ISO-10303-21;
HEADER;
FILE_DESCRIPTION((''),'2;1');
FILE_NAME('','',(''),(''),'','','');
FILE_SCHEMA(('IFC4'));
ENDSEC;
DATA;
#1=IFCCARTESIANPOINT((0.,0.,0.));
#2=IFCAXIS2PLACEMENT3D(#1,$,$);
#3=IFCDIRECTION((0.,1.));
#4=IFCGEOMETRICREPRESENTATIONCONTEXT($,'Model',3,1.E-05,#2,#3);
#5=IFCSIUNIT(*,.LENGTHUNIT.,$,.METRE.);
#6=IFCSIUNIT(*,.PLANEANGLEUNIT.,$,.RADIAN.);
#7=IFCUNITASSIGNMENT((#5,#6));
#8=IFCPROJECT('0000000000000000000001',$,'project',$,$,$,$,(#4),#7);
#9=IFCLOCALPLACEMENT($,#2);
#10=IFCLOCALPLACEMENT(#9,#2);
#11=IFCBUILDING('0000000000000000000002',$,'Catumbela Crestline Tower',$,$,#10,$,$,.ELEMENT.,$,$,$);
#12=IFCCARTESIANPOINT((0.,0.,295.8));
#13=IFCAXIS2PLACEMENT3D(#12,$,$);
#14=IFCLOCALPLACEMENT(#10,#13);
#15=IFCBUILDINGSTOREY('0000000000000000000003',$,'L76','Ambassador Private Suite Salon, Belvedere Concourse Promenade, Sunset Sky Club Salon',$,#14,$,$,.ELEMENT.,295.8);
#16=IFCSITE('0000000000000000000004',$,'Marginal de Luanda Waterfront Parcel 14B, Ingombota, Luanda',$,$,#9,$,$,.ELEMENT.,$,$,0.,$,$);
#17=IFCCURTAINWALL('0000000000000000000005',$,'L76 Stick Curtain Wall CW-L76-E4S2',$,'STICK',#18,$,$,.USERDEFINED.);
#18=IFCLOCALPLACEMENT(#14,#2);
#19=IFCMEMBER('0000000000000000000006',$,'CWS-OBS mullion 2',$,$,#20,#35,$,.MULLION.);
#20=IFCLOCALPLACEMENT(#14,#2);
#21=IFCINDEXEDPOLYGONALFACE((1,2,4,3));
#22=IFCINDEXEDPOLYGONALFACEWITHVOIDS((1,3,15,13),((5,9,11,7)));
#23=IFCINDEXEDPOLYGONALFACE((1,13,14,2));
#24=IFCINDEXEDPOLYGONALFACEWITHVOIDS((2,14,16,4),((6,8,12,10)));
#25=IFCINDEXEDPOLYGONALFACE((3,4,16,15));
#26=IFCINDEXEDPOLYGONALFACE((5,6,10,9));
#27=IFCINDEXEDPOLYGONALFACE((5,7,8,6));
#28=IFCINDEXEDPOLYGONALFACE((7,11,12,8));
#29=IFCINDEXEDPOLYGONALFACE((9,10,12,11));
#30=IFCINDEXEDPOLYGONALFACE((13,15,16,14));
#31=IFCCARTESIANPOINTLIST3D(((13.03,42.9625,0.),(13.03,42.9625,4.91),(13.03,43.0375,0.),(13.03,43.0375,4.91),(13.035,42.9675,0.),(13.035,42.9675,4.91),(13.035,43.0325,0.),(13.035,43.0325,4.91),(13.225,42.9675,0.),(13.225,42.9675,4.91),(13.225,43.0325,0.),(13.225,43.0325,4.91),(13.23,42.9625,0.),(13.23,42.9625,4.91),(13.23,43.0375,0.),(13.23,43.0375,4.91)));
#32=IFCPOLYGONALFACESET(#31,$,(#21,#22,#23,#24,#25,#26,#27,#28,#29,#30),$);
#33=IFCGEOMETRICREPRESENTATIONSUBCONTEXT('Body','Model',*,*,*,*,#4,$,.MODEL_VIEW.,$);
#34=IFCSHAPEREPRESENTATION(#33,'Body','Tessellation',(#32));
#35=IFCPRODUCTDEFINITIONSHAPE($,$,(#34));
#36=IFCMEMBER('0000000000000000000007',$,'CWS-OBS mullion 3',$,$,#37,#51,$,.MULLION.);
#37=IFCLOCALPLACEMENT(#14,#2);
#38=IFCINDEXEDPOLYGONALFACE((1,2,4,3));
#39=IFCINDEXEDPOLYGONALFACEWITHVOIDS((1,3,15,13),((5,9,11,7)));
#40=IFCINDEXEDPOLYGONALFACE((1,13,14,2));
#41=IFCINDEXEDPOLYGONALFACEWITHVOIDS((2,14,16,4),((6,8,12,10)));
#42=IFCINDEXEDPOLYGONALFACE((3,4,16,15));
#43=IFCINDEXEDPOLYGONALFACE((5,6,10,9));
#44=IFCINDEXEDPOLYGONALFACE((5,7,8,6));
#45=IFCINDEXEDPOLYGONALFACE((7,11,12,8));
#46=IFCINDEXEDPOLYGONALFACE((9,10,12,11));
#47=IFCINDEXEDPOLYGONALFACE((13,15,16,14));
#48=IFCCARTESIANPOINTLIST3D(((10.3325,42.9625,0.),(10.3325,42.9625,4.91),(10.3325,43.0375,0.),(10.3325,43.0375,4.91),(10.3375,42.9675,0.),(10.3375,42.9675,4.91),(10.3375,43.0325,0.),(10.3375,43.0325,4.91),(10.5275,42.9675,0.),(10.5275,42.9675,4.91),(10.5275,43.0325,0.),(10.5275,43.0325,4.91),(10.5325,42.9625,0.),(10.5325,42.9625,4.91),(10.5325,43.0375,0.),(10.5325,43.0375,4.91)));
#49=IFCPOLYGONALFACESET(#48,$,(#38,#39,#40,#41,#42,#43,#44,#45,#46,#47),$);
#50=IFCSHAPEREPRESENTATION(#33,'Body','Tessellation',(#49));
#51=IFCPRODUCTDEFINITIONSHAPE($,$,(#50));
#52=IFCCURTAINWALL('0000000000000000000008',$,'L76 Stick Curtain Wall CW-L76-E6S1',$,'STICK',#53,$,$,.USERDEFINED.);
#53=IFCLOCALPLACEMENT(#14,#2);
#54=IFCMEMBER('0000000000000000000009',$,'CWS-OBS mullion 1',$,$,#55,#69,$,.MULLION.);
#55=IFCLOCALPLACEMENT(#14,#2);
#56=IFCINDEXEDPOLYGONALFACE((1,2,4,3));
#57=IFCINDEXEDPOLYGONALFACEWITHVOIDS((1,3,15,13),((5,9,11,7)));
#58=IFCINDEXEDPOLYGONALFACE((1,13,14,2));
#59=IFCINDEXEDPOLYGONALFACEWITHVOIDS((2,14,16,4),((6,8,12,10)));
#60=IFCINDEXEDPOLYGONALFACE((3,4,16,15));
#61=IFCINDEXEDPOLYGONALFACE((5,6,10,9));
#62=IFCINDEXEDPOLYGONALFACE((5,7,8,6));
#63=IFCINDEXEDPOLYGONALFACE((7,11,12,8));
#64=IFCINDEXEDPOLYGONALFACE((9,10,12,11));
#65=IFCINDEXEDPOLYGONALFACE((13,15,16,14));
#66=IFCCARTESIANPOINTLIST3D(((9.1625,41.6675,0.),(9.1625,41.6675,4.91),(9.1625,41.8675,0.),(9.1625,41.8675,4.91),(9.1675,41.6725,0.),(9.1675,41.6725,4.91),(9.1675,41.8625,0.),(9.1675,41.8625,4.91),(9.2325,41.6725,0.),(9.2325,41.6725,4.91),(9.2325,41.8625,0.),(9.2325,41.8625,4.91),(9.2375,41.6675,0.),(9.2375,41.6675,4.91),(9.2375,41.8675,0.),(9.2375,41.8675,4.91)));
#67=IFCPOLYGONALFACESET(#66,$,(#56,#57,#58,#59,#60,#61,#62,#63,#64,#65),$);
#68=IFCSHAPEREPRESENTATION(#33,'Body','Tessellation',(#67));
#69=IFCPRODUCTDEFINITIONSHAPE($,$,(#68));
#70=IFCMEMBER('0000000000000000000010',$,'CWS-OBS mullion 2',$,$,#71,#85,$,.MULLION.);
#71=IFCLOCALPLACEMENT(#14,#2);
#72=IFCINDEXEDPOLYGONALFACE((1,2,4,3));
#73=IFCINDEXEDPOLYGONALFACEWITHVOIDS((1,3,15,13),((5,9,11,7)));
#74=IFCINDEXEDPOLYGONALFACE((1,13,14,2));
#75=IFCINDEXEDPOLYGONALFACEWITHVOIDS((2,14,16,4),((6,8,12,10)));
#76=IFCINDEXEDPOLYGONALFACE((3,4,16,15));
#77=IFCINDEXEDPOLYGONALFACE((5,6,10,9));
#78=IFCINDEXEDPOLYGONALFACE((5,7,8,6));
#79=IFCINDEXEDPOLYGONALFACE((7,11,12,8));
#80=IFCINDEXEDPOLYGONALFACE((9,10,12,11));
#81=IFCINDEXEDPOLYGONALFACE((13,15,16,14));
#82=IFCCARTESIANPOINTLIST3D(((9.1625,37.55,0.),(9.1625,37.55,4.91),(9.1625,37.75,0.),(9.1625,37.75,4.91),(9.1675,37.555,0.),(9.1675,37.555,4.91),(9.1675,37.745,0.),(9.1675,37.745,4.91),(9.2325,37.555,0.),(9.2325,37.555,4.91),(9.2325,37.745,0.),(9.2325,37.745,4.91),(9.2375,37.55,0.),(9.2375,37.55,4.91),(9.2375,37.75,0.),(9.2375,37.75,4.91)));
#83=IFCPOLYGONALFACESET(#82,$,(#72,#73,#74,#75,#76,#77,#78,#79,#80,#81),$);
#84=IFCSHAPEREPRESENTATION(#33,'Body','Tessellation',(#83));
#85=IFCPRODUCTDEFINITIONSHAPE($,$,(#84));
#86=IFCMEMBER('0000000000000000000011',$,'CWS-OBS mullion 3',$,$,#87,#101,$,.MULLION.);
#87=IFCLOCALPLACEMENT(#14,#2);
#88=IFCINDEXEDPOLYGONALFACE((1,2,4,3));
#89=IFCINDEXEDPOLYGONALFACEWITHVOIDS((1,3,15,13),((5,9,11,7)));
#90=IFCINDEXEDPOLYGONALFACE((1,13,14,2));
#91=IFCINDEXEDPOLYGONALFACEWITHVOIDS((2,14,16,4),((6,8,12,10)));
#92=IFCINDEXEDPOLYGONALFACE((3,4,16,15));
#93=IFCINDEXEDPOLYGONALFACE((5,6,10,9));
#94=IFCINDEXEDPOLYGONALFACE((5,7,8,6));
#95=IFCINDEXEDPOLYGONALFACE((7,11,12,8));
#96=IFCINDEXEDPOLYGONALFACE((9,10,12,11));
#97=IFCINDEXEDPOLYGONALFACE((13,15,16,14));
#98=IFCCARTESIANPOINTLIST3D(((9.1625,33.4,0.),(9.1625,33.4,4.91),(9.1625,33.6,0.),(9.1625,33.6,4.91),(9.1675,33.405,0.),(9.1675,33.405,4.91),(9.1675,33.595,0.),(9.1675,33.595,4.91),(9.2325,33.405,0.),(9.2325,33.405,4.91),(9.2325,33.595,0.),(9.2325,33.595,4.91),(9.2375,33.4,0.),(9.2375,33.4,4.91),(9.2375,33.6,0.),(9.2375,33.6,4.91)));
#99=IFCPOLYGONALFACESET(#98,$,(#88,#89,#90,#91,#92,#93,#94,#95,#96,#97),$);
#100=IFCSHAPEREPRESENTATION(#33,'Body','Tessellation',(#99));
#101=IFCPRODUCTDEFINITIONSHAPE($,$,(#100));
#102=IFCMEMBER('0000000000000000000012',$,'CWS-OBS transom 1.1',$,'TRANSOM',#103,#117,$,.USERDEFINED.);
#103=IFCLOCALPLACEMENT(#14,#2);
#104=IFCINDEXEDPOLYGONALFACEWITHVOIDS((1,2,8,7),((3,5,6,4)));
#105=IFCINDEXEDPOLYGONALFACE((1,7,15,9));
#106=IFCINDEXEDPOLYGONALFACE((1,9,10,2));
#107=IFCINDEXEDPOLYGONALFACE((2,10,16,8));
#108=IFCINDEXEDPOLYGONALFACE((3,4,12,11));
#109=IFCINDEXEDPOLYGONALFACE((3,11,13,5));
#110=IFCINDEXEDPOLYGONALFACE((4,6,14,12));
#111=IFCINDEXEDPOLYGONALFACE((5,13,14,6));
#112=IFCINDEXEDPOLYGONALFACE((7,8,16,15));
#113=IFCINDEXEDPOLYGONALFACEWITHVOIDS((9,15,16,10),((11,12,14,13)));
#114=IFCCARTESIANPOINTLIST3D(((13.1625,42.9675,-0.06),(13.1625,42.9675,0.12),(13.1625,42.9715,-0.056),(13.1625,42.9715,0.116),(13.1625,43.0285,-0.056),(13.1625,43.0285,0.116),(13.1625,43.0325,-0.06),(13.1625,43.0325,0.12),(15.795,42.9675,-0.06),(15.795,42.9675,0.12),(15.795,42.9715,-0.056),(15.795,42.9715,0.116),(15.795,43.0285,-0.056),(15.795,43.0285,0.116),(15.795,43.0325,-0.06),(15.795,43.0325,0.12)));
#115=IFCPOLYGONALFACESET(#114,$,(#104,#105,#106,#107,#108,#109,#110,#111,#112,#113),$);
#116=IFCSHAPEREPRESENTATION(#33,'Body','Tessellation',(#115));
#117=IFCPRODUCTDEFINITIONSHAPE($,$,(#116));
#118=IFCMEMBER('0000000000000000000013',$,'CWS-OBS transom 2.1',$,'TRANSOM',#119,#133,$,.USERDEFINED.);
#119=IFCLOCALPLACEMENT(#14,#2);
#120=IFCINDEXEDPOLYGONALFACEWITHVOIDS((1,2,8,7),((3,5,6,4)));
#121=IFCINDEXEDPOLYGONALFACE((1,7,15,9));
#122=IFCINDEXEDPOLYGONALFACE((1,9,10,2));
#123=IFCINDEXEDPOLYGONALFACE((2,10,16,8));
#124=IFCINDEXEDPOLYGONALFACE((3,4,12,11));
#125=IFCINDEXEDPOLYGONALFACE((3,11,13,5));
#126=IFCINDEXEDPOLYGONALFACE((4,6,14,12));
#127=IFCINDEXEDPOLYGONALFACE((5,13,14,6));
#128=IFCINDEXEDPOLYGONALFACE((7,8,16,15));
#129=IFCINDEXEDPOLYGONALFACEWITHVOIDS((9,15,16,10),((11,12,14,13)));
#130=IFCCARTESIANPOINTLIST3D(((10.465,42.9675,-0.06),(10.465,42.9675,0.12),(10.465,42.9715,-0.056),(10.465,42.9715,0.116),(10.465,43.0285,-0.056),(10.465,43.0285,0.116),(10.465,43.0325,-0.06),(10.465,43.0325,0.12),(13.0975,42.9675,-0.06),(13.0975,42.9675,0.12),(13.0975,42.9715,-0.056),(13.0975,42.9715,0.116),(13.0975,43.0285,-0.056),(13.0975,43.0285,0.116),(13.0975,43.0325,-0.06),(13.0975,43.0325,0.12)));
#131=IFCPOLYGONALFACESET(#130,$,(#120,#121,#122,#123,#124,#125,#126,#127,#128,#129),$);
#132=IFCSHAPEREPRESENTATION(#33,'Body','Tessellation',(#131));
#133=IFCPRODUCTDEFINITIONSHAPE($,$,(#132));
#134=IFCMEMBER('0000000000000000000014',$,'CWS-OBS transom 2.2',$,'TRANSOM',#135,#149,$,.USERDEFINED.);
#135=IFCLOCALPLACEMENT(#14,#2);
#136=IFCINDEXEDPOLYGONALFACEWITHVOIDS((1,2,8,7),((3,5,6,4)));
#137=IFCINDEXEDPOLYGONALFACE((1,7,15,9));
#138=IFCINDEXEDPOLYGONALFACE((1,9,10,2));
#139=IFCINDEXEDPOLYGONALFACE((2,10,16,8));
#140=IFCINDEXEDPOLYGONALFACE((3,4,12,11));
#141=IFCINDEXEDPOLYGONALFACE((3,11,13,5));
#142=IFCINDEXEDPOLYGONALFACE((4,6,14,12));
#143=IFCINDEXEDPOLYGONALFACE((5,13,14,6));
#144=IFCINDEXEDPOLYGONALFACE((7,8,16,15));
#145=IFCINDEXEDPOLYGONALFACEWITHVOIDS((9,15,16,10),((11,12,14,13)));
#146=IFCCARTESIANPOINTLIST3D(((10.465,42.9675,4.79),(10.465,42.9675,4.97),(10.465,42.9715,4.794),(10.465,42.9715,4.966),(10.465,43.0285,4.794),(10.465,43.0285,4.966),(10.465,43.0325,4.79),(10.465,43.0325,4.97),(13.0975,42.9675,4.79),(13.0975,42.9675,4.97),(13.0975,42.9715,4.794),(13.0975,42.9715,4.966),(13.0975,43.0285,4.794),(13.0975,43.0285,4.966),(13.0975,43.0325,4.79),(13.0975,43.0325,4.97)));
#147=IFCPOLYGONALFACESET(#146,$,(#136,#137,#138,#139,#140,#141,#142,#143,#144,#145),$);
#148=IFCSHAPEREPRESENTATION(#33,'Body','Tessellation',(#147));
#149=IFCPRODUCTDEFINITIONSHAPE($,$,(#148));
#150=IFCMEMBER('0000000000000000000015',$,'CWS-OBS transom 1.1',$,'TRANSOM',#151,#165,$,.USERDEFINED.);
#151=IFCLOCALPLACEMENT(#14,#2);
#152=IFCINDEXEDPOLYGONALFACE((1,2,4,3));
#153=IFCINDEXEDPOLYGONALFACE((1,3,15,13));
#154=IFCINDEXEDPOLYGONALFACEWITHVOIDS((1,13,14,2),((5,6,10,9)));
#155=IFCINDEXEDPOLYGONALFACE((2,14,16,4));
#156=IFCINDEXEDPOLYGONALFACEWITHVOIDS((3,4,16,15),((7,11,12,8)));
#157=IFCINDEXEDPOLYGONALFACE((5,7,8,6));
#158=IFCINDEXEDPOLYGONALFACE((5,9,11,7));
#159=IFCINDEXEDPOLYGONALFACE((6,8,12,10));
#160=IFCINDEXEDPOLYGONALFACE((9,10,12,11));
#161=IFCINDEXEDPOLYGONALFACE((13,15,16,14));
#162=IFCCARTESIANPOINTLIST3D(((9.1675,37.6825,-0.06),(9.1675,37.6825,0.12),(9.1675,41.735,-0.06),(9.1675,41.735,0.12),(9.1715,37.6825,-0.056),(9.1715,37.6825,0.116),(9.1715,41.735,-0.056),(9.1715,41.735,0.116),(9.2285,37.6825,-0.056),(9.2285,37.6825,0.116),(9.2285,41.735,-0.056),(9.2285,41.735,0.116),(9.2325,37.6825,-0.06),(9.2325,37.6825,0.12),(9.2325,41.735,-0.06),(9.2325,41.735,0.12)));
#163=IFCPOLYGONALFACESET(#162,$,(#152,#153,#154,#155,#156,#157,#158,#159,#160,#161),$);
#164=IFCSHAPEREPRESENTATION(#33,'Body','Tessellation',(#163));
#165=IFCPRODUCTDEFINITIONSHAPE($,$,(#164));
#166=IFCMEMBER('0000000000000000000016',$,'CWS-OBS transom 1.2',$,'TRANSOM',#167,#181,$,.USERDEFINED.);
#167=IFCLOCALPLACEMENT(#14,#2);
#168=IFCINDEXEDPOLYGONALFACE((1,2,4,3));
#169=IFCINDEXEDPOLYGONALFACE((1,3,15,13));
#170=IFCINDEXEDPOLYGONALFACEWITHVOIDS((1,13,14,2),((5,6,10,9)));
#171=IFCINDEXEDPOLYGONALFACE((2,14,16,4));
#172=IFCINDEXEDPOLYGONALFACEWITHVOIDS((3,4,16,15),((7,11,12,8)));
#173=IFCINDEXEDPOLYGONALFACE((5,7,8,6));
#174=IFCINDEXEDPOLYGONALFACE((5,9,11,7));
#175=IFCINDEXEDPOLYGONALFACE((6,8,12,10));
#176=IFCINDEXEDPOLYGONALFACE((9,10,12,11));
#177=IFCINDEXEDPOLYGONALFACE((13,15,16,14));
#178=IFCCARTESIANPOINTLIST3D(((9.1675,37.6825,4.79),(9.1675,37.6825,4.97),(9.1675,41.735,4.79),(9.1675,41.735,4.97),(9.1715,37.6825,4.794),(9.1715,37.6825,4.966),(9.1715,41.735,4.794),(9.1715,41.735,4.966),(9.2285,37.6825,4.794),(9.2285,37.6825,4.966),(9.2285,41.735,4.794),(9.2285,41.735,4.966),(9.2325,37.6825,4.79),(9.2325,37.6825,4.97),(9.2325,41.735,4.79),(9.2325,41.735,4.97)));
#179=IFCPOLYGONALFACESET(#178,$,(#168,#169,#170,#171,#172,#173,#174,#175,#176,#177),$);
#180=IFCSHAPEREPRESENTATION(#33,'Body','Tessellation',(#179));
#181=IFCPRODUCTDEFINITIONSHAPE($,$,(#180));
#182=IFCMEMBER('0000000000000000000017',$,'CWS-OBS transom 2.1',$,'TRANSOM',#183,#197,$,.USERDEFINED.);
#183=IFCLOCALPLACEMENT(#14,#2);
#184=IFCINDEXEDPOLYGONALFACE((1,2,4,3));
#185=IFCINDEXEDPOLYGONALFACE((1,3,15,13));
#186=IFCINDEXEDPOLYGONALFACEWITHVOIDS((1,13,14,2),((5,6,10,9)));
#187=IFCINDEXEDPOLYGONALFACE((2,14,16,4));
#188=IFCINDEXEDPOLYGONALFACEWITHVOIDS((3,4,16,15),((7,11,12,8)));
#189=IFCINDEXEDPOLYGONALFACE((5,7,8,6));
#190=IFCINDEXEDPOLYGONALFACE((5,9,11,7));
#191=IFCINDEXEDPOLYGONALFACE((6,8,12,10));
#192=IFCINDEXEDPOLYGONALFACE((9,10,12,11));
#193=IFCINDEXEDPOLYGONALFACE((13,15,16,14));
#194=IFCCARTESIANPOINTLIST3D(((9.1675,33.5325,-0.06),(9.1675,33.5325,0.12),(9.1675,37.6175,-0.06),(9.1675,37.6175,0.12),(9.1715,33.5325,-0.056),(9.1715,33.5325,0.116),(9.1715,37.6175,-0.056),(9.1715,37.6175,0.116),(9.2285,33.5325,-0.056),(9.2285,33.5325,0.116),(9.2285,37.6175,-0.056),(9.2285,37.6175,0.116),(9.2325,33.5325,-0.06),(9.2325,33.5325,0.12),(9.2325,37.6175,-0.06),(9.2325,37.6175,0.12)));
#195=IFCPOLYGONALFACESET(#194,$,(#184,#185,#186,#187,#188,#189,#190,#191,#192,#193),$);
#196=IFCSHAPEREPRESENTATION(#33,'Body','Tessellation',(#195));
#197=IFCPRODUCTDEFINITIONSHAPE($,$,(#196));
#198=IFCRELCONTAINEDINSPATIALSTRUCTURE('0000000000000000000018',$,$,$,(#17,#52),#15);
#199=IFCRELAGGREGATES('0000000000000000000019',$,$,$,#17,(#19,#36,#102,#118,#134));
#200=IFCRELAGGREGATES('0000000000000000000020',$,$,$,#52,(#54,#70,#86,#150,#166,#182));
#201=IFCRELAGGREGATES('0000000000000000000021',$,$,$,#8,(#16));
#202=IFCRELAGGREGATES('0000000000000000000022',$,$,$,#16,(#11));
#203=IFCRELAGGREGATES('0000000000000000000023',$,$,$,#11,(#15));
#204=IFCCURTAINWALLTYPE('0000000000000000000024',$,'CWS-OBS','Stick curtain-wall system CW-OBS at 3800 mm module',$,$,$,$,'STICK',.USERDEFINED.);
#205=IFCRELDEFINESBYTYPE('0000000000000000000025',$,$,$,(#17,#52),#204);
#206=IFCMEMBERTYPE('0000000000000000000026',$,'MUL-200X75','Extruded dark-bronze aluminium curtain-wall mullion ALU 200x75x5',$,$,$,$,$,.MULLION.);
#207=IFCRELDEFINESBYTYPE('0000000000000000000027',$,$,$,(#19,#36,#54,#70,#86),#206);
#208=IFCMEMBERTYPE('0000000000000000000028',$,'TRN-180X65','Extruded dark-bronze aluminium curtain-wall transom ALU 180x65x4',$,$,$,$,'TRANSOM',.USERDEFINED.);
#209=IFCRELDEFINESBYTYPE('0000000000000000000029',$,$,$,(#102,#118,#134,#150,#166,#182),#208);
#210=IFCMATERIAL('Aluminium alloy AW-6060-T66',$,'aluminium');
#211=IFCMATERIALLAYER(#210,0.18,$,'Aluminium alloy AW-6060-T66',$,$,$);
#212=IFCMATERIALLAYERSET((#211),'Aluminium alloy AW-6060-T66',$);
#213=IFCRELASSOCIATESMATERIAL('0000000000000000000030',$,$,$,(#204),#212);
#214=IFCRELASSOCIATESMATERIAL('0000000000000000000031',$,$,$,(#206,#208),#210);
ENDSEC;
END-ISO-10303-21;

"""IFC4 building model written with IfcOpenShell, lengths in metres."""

from ifc_helpers import new_model, si_unit, direction, frame, origin, origin_2d, place, context, subcontext, project, spatial, hollow_rectangle, extrude, material, layer, layer_set, material_profile, profile_set, type_object, element, aggregate, save


model = new_model("IFC4")

# Units and contexts
model_context = context("Model", 3, precision=1e-05, world=origin(), true_north=direction((0.0, 1.0)))
body_context = subcontext(model_context, "Body", "Model", "MODEL_VIEW")
ifc_project = project(units=[si_unit("LENGTHUNIT", "METRE"), si_unit("PLANEANGLEUNIT", "RADIAN")], contexts=[model_context])

# Site, building, storey
site_placement = place(None, origin())
site = spatial("IfcSite", under=ifc_project, at=site_placement, Name="Marginal de Luanda Waterfront Parcel 14B, Ingombota, Luanda", CompositionType="ELEMENT", RefElevation=0.0)
building_placement = place(site_placement, origin())
building = spatial("IfcBuilding", under=site, at=building_placement, Name="Catumbela Crestline Tower", CompositionType="ELEMENT")
storey_placement = place(building_placement, frame((0.0, 0.0, 295.8)))
storey = spatial("IfcBuildingStorey", under=building, at=storey_placement, Name="L76", Description="Ambassador Private Suite Salon, Belvedere Concourse Promenade, Sunset Sky Club Salon", CompositionType="ELEMENT", Elevation=295.8)

# Curtain walls, members
ifc_material_1 = material(Name="Aluminium alloy AW-6060-T66", Category="aluminium")
ifc_layer_1 = layer(ifc_material_1, 0.18, Name="Aluminium alloy AW-6060-T66")
ifc_layer_set_1 = layer_set([ifc_layer_1], Name="Aluminium alloy AW-6060-T66")
curtain_wall_type = type_object("IfcCurtainWallType", Name="CWS-OBS", Description="Stick curtain-wall system CW-OBS at 3800 mm module", ElementType="STICK", PredefinedType="USERDEFINED", material=ifc_layer_set_1)
curtain_wall_1_placement = place(storey_placement, origin())
curtain_wall_1 = element("IfcCurtainWall", 1, at=curtain_wall_1_placement, inside=storey, type_object=curtain_wall_type, Name="L76 Stick Curtain Wall CW-L76-E4S2", ObjectType="STICK", PredefinedType="USERDEFINED")
ifc_material_profile_1 = material_profile(ifc_material_1, hollow_rectangle(XDim=0.075, YDim=0.2, WallThickness=0.005, at=origin_2d()), Name="ALU 200x75x5")
ifc_profile_set_1 = profile_set([ifc_material_profile_1], Name="Aluminium alloy AW-6060-T66")
member_type_1 = type_object("IfcMemberType", Name="MUL-200X75", Description="Extruded dark-bronze aluminium curtain-wall mullion ALU 200x75x5", PredefinedType="MULLION", material=ifc_profile_set_1)
member_1_placement = place(storey_placement, frame((13.13, 43.0, 0.0), z_axis=(0.0, 0.0, 1.0), x_axis=(0.0, -1.0, 0.0)))
member_1 = element("IfcMember", 2, at=member_1_placement, type_object=member_type_1, Name="CWS-OBS mullion 2", PredefinedType="MULLION", context=body_context, shape_type="SweptSolid", body=[
    extrude(hollow_rectangle(XDim=0.075, YDim=0.2, WallThickness=0.005, at=origin_2d()), origin(), (0.0, 0.0, 1.0), 4.91),
])
member_2_placement = place(storey_placement, frame((10.4325, 43.0, 0.0), z_axis=(0.0, 0.0, 1.0), x_axis=(0.0, -1.0, 0.0)))
member_2 = element("IfcMember", 3, at=member_2_placement, type_object=member_type_1, Name="CWS-OBS mullion 3", PredefinedType="MULLION", context=body_context, shape_type="SweptSolid", body=[
    extrude(hollow_rectangle(XDim=0.075, YDim=0.2, WallThickness=0.005, at=origin_2d()), origin(), (0.0, 0.0, 1.0), 4.91),
])
curtain_wall_2_placement = place(storey_placement, origin())
curtain_wall_2 = element("IfcCurtainWall", 4, at=curtain_wall_2_placement, inside=storey, type_object=curtain_wall_type, Name="L76 Stick Curtain Wall CW-L76-E6S1", ObjectType="STICK", PredefinedType="USERDEFINED")
member_3_placement = place(storey_placement, frame((9.2, 41.7675, 0.0), z_axis=(0.0, 0.0, 1.0), x_axis=(1.0, 0.0, 0.0)))
member_3 = element("IfcMember", 5, at=member_3_placement, type_object=member_type_1, Name="CWS-OBS mullion 1", PredefinedType="MULLION", context=body_context, shape_type="SweptSolid", body=[
    extrude(hollow_rectangle(XDim=0.075, YDim=0.2, WallThickness=0.005, at=origin_2d()), origin(), (0.0, 0.0, 1.0), 4.91),
])
member_4_placement = place(storey_placement, frame((9.2, 37.65, 0.0), z_axis=(0.0, 0.0, 1.0), x_axis=(1.0, 0.0, 0.0)))
member_4 = element("IfcMember", 6, at=member_4_placement, type_object=member_type_1, Name="CWS-OBS mullion 2", PredefinedType="MULLION", context=body_context, shape_type="SweptSolid", body=[
    extrude(hollow_rectangle(XDim=0.075, YDim=0.2, WallThickness=0.005, at=origin_2d()), origin(), (0.0, 0.0, 1.0), 4.91),
])
member_5_placement = place(storey_placement, frame((9.2, 33.5, 0.0), z_axis=(0.0, 0.0, 1.0), x_axis=(1.0, 0.0, 0.0)))
member_5 = element("IfcMember", 7, at=member_5_placement, type_object=member_type_1, Name="CWS-OBS mullion 3", PredefinedType="MULLION", context=body_context, shape_type="SweptSolid", body=[
    extrude(hollow_rectangle(XDim=0.075, YDim=0.2, WallThickness=0.005, at=origin_2d()), origin(), (0.0, 0.0, 1.0), 4.91),
])

# Members
ifc_material_profile_2 = material_profile(ifc_material_1, hollow_rectangle(XDim=0.065, YDim=0.18, WallThickness=0.004, at=origin_2d()), Name="ALU 180x65x4")
ifc_profile_set_2 = profile_set([ifc_material_profile_2], Name="Aluminium alloy AW-6060-T66")
member_type_2 = type_object("IfcMemberType", Name="TRN-180X65", Description="Extruded dark-bronze aluminium curtain-wall transom ALU 180x65x4", ElementType="TRANSOM", PredefinedType="USERDEFINED", material=ifc_profile_set_2)
member_6_placement = place(storey_placement, frame((15.795, 43.0, 0.03), z_axis=(-1.0, 0.0, 0.0), x_axis=(0.0, -1.0, 0.0)))
member_6 = element("IfcMember", 8, at=member_6_placement, type_object=member_type_2, Name="CWS-OBS transom 1.1", ObjectType="TRANSOM", PredefinedType="USERDEFINED", context=body_context, shape_type="SweptSolid", body=[
    extrude(hollow_rectangle(XDim=0.065, YDim=0.18, WallThickness=0.004, at=origin_2d()), origin(), (0.0, 0.0, 1.0), 2.6325),
])
member_7_placement = place(storey_placement, frame((13.0975, 43.0, 0.03), z_axis=(-1.0, 0.0, 0.0), x_axis=(0.0, -1.0, 0.0)))
member_7 = element("IfcMember", 9, at=member_7_placement, type_object=member_type_2, Name="CWS-OBS transom 2.1", ObjectType="TRANSOM", PredefinedType="USERDEFINED", context=body_context, shape_type="SweptSolid", body=[
    extrude(hollow_rectangle(XDim=0.065, YDim=0.18, WallThickness=0.004, at=origin_2d()), origin(), (0.0, 0.0, 1.0), 2.6325),
])
member_8_placement = place(storey_placement, frame((13.0975, 43.0, 4.88), z_axis=(-1.0, 0.0, 0.0), x_axis=(0.0, -1.0, 0.0)))
member_8 = element("IfcMember", 10, at=member_8_placement, type_object=member_type_2, Name="CWS-OBS transom 2.2", ObjectType="TRANSOM", PredefinedType="USERDEFINED", context=body_context, shape_type="SweptSolid", body=[
    extrude(hollow_rectangle(XDim=0.065, YDim=0.18, WallThickness=0.004, at=origin_2d()), origin(), (0.0, 0.0, 1.0), 2.6325),
])
member_9_placement = place(storey_placement, frame((9.2, 41.735, 0.03), z_axis=(0.0, -1.0, 0.0), x_axis=(1.0, 0.0, 0.0)))
member_9 = element("IfcMember", 11, at=member_9_placement, type_object=member_type_2, Name="CWS-OBS transom 1.1", ObjectType="TRANSOM", PredefinedType="USERDEFINED", context=body_context, shape_type="SweptSolid", body=[
    extrude(hollow_rectangle(XDim=0.065, YDim=0.18, WallThickness=0.004, at=origin_2d()), origin(), (0.0, 0.0, 1.0), 4.0525),
])
member_10_placement = place(storey_placement, frame((9.2, 41.735, 4.88), z_axis=(0.0, -1.0, 0.0), x_axis=(1.0, 0.0, 0.0)))
member_10 = element("IfcMember", 12, at=member_10_placement, type_object=member_type_2, Name="CWS-OBS transom 1.2", ObjectType="TRANSOM", PredefinedType="USERDEFINED", context=body_context, shape_type="SweptSolid", body=[
    extrude(hollow_rectangle(XDim=0.065, YDim=0.18, WallThickness=0.004, at=origin_2d()), origin(), (0.0, 0.0, 1.0), 4.0525),
])
member_11_placement = place(storey_placement, frame((9.2, 37.6175, 0.03), z_axis=(0.0, -1.0, 0.0), x_axis=(1.0, 0.0, 0.0)))
member_11 = element("IfcMember", 13, at=member_11_placement, type_object=member_type_2, Name="CWS-OBS transom 2.1", ObjectType="TRANSOM", PredefinedType="USERDEFINED", context=body_context, shape_type="SweptSolid", body=[
    extrude(hollow_rectangle(XDim=0.065, YDim=0.18, WallThickness=0.004, at=origin_2d()), origin(), (0.0, 0.0, 1.0), 4.085),
])

aggregate(curtain_wall_1, [member_1, member_2, member_6, member_7, member_8])
aggregate(curtain_wall_2, [member_3, member_4, member_5, member_9, member_10, member_11])

save(model, "model.ifc")
